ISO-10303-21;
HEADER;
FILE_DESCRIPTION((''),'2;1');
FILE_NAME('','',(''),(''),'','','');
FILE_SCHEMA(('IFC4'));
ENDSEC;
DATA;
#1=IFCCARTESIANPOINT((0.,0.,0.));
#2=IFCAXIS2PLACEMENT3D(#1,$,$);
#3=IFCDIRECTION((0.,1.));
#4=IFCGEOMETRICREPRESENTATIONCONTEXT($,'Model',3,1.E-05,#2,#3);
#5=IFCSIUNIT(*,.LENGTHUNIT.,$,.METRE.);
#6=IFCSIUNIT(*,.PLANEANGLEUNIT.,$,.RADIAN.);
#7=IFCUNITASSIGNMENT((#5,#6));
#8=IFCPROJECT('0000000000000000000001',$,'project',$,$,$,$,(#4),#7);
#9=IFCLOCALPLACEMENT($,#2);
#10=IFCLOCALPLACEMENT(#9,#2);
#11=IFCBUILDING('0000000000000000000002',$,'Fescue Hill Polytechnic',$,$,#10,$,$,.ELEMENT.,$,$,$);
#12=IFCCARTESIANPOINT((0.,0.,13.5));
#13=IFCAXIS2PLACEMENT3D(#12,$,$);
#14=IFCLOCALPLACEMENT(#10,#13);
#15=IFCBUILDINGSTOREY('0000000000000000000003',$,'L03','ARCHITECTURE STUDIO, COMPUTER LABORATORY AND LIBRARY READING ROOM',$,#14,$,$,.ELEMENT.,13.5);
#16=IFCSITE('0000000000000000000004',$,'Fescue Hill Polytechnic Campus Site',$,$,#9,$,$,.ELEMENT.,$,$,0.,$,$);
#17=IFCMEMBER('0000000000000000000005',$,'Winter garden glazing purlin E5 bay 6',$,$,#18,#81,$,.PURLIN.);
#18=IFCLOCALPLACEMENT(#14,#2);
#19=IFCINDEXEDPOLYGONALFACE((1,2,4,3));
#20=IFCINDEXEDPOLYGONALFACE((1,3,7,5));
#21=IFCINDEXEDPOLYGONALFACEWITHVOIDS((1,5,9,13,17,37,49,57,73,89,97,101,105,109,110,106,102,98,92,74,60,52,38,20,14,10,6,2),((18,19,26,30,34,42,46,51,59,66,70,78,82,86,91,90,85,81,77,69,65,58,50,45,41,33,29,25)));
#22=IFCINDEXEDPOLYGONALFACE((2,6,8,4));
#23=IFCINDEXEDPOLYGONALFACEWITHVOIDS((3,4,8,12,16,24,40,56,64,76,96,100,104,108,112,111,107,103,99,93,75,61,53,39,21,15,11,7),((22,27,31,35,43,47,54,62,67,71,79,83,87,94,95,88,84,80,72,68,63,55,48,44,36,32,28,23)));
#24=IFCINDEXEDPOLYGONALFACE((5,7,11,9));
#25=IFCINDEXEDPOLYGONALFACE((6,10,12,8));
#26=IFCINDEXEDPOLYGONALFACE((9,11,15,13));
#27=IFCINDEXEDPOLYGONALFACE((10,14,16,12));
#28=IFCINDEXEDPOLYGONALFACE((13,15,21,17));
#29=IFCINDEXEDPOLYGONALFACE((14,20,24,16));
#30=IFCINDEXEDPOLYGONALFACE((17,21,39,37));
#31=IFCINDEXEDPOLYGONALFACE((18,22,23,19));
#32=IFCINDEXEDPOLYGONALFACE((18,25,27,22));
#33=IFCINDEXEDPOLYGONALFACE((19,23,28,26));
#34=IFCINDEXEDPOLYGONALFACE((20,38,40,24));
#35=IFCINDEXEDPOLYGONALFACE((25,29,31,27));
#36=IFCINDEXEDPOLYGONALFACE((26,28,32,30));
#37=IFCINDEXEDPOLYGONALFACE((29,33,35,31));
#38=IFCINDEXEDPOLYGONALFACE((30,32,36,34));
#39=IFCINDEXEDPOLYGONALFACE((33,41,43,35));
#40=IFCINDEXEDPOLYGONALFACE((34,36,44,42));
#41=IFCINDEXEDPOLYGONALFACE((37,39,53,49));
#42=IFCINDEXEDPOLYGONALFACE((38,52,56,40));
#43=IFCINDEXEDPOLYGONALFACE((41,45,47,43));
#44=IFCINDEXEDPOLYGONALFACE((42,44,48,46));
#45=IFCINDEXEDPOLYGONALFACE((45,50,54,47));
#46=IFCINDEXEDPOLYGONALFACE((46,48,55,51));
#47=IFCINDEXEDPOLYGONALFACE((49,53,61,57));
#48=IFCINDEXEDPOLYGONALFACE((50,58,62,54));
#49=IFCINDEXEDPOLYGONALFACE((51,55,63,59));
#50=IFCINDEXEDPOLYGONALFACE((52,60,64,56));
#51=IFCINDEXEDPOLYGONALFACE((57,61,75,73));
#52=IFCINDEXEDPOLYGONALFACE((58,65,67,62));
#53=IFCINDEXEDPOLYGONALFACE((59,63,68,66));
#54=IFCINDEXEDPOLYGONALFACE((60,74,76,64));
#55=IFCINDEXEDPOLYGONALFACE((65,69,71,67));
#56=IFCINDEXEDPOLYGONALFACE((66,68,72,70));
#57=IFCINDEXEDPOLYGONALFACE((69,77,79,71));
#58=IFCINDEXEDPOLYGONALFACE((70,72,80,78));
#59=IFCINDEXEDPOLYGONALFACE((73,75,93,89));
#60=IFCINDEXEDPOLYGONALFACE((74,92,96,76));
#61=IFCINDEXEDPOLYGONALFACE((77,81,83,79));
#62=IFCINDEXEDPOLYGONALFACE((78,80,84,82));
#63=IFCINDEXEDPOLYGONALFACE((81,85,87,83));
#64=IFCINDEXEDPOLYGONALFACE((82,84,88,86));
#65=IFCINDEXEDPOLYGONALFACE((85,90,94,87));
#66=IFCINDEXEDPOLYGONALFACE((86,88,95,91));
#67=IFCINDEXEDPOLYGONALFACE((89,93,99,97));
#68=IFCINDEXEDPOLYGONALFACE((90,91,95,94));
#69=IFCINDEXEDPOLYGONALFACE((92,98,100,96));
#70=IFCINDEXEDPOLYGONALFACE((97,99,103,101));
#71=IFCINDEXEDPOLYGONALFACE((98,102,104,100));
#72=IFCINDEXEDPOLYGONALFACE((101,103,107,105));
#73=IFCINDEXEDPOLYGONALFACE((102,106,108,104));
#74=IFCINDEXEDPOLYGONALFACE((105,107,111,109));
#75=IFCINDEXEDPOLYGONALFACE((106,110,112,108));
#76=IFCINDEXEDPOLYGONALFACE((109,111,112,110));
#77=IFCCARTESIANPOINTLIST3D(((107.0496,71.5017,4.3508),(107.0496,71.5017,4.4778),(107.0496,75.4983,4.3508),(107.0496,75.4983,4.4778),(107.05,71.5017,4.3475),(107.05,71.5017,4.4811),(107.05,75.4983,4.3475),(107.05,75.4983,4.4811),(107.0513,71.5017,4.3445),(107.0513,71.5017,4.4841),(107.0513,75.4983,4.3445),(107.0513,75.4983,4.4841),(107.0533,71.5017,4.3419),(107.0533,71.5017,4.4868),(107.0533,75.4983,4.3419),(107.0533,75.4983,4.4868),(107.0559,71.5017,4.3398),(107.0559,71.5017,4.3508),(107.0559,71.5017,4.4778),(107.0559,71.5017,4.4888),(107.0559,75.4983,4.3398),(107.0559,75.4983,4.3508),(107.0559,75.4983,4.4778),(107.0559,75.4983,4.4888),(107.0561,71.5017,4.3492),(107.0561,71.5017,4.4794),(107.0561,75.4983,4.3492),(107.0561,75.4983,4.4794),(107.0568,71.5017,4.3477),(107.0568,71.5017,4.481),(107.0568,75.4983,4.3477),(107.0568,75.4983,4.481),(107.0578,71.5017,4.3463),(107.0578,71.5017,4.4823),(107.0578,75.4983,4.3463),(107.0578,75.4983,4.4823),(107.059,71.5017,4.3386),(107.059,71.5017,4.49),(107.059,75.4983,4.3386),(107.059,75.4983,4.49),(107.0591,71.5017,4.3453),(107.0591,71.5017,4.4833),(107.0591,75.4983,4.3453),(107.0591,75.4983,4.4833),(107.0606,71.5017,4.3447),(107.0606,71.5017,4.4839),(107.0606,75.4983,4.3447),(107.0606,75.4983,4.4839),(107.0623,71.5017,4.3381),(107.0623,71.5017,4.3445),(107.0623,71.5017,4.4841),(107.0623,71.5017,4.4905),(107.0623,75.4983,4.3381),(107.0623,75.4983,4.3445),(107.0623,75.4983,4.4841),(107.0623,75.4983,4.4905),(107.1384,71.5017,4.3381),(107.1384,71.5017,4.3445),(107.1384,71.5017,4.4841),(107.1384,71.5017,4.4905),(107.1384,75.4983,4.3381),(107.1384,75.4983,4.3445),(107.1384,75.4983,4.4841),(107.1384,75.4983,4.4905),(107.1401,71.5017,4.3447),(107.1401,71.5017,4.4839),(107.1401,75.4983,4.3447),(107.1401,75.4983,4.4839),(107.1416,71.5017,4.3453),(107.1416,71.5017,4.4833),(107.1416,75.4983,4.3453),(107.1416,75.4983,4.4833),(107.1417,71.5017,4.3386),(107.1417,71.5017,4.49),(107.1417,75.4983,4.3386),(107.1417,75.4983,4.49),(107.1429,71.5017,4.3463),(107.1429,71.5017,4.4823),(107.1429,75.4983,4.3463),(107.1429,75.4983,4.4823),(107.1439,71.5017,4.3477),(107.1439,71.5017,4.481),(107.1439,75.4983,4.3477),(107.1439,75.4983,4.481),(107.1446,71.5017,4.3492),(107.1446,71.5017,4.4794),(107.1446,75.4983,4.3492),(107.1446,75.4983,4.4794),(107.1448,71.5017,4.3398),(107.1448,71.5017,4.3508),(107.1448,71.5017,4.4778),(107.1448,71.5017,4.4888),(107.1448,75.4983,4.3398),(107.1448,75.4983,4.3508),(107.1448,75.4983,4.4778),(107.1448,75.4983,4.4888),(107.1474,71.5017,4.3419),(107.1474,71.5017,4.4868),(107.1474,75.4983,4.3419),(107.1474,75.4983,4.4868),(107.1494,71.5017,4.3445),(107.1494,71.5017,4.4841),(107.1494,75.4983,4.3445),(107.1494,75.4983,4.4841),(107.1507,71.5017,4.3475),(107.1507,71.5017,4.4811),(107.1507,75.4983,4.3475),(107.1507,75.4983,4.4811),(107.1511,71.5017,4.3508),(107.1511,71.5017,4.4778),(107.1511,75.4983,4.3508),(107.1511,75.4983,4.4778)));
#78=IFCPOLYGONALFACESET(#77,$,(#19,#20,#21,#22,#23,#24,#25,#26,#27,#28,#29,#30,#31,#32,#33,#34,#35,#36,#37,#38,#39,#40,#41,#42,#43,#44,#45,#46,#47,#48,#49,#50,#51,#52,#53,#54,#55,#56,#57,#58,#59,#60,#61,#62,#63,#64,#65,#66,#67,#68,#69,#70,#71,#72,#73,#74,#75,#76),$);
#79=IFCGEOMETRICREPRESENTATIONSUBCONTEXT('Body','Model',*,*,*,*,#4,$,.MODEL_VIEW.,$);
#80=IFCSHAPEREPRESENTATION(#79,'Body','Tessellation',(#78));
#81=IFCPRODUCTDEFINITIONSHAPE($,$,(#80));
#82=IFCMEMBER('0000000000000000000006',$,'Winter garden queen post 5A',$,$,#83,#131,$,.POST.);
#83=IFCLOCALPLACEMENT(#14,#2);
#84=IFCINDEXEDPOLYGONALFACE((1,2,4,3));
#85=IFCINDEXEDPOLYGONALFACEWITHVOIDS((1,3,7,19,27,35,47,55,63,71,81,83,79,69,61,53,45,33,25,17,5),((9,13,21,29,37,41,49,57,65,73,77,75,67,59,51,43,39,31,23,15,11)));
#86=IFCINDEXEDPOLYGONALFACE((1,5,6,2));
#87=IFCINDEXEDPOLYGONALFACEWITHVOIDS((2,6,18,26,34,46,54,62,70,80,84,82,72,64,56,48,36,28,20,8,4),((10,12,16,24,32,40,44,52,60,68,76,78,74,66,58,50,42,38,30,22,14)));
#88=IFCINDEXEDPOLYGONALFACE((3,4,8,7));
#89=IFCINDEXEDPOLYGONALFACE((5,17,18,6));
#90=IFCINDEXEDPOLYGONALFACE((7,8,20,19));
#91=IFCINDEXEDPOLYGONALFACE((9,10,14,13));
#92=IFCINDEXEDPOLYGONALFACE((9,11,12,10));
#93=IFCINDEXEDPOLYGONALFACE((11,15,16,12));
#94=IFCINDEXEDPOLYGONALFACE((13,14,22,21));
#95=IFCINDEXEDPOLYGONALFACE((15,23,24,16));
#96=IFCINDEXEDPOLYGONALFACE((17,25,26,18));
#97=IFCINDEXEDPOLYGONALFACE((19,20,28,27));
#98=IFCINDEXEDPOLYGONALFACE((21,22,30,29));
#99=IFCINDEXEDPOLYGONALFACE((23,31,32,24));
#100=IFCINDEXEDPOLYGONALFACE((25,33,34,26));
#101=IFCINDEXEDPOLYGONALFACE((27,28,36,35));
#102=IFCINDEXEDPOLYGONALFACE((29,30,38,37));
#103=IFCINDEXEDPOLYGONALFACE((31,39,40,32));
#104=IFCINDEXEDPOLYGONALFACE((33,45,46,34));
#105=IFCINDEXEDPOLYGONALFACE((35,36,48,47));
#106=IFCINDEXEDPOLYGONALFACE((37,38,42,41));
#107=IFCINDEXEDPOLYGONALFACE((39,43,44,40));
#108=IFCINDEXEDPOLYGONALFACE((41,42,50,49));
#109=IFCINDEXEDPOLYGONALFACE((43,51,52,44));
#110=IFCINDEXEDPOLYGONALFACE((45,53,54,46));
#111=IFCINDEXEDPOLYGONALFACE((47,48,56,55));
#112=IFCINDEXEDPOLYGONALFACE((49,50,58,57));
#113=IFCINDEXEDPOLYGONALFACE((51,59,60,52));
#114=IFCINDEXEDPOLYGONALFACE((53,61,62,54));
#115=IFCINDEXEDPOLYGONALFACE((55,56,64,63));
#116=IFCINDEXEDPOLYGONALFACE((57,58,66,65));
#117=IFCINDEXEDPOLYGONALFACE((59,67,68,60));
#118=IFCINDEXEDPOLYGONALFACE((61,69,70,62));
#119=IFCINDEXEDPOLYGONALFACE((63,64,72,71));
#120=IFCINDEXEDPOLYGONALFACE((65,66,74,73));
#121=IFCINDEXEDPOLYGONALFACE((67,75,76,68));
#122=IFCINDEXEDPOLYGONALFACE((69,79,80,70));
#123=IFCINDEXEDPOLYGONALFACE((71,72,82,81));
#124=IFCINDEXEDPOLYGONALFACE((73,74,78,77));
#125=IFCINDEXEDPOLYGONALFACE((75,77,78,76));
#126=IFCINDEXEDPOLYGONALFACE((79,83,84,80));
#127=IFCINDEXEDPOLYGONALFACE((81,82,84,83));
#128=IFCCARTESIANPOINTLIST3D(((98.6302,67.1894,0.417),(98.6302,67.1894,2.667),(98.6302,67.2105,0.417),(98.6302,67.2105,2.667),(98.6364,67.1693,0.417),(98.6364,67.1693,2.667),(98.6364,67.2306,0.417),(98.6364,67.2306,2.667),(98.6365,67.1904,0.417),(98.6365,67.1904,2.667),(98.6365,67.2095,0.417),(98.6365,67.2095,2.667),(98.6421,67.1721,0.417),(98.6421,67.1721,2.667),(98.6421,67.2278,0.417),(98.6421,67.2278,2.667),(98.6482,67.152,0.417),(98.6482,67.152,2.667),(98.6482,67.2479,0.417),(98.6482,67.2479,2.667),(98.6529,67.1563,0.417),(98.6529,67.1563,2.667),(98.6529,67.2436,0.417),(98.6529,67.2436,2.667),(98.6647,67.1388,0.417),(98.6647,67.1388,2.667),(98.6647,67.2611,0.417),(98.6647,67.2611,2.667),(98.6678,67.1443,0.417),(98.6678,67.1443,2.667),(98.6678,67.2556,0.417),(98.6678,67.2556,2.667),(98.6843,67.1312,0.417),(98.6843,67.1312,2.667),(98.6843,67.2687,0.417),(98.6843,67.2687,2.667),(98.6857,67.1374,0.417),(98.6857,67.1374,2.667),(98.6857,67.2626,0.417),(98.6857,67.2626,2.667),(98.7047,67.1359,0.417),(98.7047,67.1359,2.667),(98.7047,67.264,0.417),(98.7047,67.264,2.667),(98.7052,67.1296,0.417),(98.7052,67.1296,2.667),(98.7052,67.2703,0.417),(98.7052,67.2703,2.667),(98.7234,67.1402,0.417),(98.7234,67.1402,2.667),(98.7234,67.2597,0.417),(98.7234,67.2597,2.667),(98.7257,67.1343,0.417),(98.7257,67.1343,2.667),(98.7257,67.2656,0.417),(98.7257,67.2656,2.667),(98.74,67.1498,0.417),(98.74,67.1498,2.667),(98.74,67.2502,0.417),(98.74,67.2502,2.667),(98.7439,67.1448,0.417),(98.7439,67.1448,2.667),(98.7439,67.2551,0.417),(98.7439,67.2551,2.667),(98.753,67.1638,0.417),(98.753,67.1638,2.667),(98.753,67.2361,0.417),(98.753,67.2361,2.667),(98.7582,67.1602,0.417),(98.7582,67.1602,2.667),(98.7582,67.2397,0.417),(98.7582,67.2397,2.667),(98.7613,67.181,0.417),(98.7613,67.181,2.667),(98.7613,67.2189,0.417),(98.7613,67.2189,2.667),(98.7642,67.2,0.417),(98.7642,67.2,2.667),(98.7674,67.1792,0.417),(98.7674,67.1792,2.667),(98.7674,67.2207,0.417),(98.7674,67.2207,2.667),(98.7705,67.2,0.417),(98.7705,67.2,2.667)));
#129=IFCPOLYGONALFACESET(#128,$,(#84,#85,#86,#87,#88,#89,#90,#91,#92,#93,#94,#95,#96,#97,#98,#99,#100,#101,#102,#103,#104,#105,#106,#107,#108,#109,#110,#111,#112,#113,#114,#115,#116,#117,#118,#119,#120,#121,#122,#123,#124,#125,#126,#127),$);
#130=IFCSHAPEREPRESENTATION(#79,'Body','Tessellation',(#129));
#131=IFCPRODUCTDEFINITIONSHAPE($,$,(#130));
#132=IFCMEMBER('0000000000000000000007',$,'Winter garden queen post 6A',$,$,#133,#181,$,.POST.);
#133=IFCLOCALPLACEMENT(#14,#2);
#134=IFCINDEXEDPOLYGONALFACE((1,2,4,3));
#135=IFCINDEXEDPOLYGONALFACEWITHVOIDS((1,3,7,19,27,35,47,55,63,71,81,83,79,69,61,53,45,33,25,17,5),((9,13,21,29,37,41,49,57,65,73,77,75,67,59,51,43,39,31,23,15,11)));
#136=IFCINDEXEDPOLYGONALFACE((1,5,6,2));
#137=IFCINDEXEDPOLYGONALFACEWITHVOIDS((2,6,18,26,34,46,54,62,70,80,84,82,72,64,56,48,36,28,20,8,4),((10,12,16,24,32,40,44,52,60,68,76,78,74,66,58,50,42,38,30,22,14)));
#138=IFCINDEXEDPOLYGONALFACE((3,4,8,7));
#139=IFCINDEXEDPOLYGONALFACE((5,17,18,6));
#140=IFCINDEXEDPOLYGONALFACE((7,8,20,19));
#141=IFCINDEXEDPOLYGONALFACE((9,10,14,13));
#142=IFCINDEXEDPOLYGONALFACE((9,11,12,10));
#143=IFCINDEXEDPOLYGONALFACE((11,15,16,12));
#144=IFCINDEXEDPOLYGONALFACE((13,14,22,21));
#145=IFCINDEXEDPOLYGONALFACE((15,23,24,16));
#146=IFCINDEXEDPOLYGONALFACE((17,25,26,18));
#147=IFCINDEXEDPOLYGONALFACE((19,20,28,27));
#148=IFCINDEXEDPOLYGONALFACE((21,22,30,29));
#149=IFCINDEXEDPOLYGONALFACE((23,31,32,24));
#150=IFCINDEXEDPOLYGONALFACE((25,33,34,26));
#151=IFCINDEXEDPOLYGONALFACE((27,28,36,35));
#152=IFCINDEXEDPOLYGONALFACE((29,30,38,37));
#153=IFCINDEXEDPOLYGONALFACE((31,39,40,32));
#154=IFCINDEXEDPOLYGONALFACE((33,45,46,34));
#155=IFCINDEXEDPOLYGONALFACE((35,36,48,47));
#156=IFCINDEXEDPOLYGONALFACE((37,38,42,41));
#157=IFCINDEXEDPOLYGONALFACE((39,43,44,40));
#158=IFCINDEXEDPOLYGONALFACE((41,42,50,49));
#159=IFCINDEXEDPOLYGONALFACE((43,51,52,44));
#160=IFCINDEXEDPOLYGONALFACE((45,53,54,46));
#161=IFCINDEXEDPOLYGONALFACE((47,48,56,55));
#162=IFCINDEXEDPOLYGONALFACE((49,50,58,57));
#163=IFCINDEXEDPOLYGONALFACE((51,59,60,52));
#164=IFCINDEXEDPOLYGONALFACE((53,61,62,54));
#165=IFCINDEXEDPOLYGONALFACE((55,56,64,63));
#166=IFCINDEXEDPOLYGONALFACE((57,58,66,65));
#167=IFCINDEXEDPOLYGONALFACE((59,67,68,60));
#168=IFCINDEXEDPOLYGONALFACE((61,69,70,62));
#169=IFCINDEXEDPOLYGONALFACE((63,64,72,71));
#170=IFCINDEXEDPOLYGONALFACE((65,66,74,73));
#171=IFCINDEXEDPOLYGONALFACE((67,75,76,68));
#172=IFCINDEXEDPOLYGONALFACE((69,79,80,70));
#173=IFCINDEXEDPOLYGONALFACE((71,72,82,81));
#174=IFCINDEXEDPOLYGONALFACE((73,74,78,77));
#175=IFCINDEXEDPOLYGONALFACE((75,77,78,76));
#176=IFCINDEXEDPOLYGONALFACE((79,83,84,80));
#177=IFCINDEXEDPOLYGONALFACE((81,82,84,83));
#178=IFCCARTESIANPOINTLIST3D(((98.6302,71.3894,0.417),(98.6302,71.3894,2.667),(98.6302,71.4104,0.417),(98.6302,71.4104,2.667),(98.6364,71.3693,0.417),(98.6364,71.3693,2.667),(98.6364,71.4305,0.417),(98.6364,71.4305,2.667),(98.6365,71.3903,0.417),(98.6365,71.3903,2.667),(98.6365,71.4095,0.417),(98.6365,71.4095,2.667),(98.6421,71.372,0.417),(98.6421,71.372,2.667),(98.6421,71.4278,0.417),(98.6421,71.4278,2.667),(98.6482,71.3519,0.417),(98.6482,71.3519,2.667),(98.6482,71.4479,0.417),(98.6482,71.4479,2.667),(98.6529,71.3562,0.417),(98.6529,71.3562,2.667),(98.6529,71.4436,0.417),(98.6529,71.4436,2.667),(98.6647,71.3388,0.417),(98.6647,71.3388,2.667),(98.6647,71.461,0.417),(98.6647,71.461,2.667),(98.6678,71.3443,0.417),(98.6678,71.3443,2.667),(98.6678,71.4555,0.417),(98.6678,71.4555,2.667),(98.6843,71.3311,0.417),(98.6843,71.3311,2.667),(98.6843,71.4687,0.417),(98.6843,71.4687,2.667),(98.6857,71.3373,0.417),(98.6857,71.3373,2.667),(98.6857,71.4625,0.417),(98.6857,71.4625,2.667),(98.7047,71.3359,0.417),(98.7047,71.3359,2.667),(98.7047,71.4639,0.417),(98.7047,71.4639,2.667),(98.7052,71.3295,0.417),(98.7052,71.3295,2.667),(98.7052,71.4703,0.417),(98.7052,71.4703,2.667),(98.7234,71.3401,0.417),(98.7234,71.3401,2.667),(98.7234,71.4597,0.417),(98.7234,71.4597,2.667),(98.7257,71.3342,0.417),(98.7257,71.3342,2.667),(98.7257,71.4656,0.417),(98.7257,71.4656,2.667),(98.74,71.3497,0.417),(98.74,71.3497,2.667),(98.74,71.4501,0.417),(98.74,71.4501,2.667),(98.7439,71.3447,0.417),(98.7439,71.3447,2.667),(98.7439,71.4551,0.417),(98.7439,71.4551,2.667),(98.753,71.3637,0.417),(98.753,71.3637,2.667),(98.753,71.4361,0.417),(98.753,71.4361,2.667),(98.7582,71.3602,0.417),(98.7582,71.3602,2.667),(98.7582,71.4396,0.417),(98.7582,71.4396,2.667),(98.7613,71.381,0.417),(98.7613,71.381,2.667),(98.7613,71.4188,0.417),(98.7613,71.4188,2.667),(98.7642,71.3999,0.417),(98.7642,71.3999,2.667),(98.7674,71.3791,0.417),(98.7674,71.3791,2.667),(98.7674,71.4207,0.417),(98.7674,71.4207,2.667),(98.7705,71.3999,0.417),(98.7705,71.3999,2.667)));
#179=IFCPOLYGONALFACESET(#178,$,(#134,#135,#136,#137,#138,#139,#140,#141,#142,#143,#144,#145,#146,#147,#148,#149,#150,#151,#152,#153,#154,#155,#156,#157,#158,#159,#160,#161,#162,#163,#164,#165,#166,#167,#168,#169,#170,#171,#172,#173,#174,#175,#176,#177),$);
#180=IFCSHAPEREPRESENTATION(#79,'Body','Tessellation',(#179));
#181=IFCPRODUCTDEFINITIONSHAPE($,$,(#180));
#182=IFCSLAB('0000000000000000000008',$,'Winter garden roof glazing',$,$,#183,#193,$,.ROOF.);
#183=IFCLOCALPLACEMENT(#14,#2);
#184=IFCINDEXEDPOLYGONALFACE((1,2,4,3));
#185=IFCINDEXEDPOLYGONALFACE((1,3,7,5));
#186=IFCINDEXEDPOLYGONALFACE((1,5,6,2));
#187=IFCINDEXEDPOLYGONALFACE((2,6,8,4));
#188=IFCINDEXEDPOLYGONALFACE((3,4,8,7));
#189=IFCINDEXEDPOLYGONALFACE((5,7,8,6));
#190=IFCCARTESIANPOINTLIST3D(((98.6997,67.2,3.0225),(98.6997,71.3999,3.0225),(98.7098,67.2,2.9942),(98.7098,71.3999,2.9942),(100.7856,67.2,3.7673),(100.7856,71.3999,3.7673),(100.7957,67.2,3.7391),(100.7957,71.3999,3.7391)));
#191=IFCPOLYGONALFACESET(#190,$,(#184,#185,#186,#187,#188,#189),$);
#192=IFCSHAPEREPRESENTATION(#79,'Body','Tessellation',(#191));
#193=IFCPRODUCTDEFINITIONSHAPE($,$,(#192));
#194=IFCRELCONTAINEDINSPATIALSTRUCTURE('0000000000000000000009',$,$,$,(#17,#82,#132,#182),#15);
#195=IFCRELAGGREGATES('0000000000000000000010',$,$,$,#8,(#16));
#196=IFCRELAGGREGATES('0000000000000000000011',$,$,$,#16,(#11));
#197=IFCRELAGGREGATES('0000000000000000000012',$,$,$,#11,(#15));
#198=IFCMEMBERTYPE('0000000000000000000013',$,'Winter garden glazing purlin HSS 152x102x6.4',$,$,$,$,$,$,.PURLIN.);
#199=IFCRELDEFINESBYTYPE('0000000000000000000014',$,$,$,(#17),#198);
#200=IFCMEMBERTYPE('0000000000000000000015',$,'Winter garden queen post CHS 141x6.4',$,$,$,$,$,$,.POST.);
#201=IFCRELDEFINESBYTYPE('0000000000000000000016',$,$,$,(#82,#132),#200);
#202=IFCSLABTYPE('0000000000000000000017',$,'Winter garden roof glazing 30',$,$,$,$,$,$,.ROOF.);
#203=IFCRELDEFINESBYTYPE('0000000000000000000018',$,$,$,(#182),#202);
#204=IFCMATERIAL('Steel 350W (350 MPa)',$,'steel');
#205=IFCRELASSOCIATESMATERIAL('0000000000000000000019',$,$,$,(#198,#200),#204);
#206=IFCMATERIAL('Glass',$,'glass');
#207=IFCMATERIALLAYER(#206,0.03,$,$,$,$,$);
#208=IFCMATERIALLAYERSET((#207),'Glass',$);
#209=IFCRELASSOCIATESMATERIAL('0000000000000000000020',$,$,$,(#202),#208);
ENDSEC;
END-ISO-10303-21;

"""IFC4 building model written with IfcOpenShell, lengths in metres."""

from ifc_helpers import new_model, si_unit, direction, frame, origin, origin_2d, place, context, subcontext, project, spatial, polyline, hollow_rectangle, hollow_circle, outline, extrude, material, layer, layer_set, material_profile, profile_set, type_object, element, save


model = new_model("IFC4")

# Units and contexts
model_context = context("Model", 3, precision=1e-05, world=origin(), true_north=direction((0.0, 1.0)))
body_context = subcontext(model_context, "Body", "Model", "MODEL_VIEW")
ifc_project = project(units=[si_unit("LENGTHUNIT", "METRE"), si_unit("PLANEANGLEUNIT", "RADIAN")], contexts=[model_context])

# Site, building, storey
site_placement = place(None, origin())
site = spatial("IfcSite", under=ifc_project, at=site_placement, Name="Fescue Hill Polytechnic Campus Site", CompositionType="ELEMENT", RefElevation=0.0)
building_placement = place(site_placement, origin())
building = spatial("IfcBuilding", under=site, at=building_placement, Name="Fescue Hill Polytechnic", CompositionType="ELEMENT")
storey_placement = place(building_placement, frame((0.0, 0.0, 13.5)))
storey = spatial("IfcBuildingStorey", under=building, at=storey_placement, Name="L03", Description="ARCHITECTURE STUDIO, COMPUTER LABORATORY AND LIBRARY READING ROOM", CompositionType="ELEMENT", Elevation=13.5)

# Members
ifc_material_1 = material(Name="Steel 350W (350 MPa)", Category="steel")
ifc_material_profile_1 = material_profile(ifc_material_1, hollow_rectangle(XDim=0.1016, YDim=0.1523, WallThickness=0.0063, InnerFilletRadius=0.0063, OuterFilletRadius=0.0127, at=origin_2d()), Name="Winter garden glazing purlin HSS 152x102x6.4")
ifc_profile_set_1 = profile_set([ifc_material_profile_1], Name="Steel 350W (350 MPa)")
member_type_1 = type_object("IfcMemberType", Name="Winter garden glazing purlin HSS 152x102x6.4", PredefinedType="PURLIN", material=ifc_profile_set_1)
for number, where, z_axis, x_axis, name in (
    (1, (107.1003, 71.5017, 4.4143), (0.0, 1.0, 0.0), (-1.0, 0.0, 0.0), "Winter garden glazing purlin E5 bay 6"),
):
    element("IfcMember", number, at=place(storey_placement, frame(where, z_axis=z_axis, x_axis=x_axis)), inside=storey, type_object=member_type_1, Name=name, PredefinedType="PURLIN", context=body_context, shape_type="SweptSolid", body=[
        extrude(hollow_rectangle(XDim=0.1016, YDim=0.1523, WallThickness=0.0063, InnerFilletRadius=0.0063, OuterFilletRadius=0.0127, at=origin_2d()), origin(), (0.0, 0.0, 1.0), 3.9966),
    ])
ifc_material_profile_2 = material_profile(ifc_material_1, hollow_circle(Radius=0.0706, WallThickness=0.0063, at=origin_2d()), Name="Winter garden queen post CHS 141x6.4")
ifc_profile_set_2 = profile_set([ifc_material_profile_2], Name="Steel 350W (350 MPa)")
member_type_2 = type_object("IfcMemberType", Name="Winter garden queen post CHS 141x6.4", PredefinedType="POST", material=ifc_profile_set_2)
for number, where, z_axis, x_axis, name in (
    (2, (98.7, 67.2, 0.417), (0.0, 0.0, 1.0), (1.0, 0.0, 0.0), "Winter garden queen post 5A"),
    (3, (98.7, 71.3999, 0.417), (0.0, 0.0, 1.0), (1.0, 0.0, 0.0), "Winter garden queen post 6A"),
):
    element("IfcMember", number, at=place(storey_placement, frame(where, z_axis=z_axis, x_axis=x_axis)), inside=storey, type_object=member_type_2, Name=name, PredefinedType="POST", context=body_context, shape_type="SweptSolid", body=[
        extrude(hollow_circle(Radius=0.0706, WallThickness=0.0063, at=origin_2d()), origin(), (0.0, 0.0, 1.0), 2.25),
    ])

# Slab
ifc_material_2 = material(Name="Glass", Category="glass")
ifc_layer = layer(ifc_material_2, 0.03)
ifc_layer_set = layer_set([ifc_layer], Name="Glass")
slab_type = type_object("IfcSlabType", Name="Winter garden roof glazing 30", PredefinedType="ROOF", material=ifc_layer_set)
slab_1_placement = place(storey_placement, frame((98.6997, 67.2, 3.0225), z_axis=(-0.336295, 0.0, 0.941757), x_axis=(0.0, 1.0, 0.0)))
element("IfcSlab", 4, at=slab_1_placement, inside=storey, type_object=slab_type, Name="Winter garden roof glazing", PredefinedType="ROOF", context=body_context, shape_type="SweptSolid", body=[
    extrude(outline(polyline([(0.0, 0.0), (4.2, 0.0), (4.2, -2.2149), (0.0, -2.2149), (0.0, 0.0)])), origin(), (0.0, 0.0, -1.0), 0.03),
])

save(model, "model.ifc")
